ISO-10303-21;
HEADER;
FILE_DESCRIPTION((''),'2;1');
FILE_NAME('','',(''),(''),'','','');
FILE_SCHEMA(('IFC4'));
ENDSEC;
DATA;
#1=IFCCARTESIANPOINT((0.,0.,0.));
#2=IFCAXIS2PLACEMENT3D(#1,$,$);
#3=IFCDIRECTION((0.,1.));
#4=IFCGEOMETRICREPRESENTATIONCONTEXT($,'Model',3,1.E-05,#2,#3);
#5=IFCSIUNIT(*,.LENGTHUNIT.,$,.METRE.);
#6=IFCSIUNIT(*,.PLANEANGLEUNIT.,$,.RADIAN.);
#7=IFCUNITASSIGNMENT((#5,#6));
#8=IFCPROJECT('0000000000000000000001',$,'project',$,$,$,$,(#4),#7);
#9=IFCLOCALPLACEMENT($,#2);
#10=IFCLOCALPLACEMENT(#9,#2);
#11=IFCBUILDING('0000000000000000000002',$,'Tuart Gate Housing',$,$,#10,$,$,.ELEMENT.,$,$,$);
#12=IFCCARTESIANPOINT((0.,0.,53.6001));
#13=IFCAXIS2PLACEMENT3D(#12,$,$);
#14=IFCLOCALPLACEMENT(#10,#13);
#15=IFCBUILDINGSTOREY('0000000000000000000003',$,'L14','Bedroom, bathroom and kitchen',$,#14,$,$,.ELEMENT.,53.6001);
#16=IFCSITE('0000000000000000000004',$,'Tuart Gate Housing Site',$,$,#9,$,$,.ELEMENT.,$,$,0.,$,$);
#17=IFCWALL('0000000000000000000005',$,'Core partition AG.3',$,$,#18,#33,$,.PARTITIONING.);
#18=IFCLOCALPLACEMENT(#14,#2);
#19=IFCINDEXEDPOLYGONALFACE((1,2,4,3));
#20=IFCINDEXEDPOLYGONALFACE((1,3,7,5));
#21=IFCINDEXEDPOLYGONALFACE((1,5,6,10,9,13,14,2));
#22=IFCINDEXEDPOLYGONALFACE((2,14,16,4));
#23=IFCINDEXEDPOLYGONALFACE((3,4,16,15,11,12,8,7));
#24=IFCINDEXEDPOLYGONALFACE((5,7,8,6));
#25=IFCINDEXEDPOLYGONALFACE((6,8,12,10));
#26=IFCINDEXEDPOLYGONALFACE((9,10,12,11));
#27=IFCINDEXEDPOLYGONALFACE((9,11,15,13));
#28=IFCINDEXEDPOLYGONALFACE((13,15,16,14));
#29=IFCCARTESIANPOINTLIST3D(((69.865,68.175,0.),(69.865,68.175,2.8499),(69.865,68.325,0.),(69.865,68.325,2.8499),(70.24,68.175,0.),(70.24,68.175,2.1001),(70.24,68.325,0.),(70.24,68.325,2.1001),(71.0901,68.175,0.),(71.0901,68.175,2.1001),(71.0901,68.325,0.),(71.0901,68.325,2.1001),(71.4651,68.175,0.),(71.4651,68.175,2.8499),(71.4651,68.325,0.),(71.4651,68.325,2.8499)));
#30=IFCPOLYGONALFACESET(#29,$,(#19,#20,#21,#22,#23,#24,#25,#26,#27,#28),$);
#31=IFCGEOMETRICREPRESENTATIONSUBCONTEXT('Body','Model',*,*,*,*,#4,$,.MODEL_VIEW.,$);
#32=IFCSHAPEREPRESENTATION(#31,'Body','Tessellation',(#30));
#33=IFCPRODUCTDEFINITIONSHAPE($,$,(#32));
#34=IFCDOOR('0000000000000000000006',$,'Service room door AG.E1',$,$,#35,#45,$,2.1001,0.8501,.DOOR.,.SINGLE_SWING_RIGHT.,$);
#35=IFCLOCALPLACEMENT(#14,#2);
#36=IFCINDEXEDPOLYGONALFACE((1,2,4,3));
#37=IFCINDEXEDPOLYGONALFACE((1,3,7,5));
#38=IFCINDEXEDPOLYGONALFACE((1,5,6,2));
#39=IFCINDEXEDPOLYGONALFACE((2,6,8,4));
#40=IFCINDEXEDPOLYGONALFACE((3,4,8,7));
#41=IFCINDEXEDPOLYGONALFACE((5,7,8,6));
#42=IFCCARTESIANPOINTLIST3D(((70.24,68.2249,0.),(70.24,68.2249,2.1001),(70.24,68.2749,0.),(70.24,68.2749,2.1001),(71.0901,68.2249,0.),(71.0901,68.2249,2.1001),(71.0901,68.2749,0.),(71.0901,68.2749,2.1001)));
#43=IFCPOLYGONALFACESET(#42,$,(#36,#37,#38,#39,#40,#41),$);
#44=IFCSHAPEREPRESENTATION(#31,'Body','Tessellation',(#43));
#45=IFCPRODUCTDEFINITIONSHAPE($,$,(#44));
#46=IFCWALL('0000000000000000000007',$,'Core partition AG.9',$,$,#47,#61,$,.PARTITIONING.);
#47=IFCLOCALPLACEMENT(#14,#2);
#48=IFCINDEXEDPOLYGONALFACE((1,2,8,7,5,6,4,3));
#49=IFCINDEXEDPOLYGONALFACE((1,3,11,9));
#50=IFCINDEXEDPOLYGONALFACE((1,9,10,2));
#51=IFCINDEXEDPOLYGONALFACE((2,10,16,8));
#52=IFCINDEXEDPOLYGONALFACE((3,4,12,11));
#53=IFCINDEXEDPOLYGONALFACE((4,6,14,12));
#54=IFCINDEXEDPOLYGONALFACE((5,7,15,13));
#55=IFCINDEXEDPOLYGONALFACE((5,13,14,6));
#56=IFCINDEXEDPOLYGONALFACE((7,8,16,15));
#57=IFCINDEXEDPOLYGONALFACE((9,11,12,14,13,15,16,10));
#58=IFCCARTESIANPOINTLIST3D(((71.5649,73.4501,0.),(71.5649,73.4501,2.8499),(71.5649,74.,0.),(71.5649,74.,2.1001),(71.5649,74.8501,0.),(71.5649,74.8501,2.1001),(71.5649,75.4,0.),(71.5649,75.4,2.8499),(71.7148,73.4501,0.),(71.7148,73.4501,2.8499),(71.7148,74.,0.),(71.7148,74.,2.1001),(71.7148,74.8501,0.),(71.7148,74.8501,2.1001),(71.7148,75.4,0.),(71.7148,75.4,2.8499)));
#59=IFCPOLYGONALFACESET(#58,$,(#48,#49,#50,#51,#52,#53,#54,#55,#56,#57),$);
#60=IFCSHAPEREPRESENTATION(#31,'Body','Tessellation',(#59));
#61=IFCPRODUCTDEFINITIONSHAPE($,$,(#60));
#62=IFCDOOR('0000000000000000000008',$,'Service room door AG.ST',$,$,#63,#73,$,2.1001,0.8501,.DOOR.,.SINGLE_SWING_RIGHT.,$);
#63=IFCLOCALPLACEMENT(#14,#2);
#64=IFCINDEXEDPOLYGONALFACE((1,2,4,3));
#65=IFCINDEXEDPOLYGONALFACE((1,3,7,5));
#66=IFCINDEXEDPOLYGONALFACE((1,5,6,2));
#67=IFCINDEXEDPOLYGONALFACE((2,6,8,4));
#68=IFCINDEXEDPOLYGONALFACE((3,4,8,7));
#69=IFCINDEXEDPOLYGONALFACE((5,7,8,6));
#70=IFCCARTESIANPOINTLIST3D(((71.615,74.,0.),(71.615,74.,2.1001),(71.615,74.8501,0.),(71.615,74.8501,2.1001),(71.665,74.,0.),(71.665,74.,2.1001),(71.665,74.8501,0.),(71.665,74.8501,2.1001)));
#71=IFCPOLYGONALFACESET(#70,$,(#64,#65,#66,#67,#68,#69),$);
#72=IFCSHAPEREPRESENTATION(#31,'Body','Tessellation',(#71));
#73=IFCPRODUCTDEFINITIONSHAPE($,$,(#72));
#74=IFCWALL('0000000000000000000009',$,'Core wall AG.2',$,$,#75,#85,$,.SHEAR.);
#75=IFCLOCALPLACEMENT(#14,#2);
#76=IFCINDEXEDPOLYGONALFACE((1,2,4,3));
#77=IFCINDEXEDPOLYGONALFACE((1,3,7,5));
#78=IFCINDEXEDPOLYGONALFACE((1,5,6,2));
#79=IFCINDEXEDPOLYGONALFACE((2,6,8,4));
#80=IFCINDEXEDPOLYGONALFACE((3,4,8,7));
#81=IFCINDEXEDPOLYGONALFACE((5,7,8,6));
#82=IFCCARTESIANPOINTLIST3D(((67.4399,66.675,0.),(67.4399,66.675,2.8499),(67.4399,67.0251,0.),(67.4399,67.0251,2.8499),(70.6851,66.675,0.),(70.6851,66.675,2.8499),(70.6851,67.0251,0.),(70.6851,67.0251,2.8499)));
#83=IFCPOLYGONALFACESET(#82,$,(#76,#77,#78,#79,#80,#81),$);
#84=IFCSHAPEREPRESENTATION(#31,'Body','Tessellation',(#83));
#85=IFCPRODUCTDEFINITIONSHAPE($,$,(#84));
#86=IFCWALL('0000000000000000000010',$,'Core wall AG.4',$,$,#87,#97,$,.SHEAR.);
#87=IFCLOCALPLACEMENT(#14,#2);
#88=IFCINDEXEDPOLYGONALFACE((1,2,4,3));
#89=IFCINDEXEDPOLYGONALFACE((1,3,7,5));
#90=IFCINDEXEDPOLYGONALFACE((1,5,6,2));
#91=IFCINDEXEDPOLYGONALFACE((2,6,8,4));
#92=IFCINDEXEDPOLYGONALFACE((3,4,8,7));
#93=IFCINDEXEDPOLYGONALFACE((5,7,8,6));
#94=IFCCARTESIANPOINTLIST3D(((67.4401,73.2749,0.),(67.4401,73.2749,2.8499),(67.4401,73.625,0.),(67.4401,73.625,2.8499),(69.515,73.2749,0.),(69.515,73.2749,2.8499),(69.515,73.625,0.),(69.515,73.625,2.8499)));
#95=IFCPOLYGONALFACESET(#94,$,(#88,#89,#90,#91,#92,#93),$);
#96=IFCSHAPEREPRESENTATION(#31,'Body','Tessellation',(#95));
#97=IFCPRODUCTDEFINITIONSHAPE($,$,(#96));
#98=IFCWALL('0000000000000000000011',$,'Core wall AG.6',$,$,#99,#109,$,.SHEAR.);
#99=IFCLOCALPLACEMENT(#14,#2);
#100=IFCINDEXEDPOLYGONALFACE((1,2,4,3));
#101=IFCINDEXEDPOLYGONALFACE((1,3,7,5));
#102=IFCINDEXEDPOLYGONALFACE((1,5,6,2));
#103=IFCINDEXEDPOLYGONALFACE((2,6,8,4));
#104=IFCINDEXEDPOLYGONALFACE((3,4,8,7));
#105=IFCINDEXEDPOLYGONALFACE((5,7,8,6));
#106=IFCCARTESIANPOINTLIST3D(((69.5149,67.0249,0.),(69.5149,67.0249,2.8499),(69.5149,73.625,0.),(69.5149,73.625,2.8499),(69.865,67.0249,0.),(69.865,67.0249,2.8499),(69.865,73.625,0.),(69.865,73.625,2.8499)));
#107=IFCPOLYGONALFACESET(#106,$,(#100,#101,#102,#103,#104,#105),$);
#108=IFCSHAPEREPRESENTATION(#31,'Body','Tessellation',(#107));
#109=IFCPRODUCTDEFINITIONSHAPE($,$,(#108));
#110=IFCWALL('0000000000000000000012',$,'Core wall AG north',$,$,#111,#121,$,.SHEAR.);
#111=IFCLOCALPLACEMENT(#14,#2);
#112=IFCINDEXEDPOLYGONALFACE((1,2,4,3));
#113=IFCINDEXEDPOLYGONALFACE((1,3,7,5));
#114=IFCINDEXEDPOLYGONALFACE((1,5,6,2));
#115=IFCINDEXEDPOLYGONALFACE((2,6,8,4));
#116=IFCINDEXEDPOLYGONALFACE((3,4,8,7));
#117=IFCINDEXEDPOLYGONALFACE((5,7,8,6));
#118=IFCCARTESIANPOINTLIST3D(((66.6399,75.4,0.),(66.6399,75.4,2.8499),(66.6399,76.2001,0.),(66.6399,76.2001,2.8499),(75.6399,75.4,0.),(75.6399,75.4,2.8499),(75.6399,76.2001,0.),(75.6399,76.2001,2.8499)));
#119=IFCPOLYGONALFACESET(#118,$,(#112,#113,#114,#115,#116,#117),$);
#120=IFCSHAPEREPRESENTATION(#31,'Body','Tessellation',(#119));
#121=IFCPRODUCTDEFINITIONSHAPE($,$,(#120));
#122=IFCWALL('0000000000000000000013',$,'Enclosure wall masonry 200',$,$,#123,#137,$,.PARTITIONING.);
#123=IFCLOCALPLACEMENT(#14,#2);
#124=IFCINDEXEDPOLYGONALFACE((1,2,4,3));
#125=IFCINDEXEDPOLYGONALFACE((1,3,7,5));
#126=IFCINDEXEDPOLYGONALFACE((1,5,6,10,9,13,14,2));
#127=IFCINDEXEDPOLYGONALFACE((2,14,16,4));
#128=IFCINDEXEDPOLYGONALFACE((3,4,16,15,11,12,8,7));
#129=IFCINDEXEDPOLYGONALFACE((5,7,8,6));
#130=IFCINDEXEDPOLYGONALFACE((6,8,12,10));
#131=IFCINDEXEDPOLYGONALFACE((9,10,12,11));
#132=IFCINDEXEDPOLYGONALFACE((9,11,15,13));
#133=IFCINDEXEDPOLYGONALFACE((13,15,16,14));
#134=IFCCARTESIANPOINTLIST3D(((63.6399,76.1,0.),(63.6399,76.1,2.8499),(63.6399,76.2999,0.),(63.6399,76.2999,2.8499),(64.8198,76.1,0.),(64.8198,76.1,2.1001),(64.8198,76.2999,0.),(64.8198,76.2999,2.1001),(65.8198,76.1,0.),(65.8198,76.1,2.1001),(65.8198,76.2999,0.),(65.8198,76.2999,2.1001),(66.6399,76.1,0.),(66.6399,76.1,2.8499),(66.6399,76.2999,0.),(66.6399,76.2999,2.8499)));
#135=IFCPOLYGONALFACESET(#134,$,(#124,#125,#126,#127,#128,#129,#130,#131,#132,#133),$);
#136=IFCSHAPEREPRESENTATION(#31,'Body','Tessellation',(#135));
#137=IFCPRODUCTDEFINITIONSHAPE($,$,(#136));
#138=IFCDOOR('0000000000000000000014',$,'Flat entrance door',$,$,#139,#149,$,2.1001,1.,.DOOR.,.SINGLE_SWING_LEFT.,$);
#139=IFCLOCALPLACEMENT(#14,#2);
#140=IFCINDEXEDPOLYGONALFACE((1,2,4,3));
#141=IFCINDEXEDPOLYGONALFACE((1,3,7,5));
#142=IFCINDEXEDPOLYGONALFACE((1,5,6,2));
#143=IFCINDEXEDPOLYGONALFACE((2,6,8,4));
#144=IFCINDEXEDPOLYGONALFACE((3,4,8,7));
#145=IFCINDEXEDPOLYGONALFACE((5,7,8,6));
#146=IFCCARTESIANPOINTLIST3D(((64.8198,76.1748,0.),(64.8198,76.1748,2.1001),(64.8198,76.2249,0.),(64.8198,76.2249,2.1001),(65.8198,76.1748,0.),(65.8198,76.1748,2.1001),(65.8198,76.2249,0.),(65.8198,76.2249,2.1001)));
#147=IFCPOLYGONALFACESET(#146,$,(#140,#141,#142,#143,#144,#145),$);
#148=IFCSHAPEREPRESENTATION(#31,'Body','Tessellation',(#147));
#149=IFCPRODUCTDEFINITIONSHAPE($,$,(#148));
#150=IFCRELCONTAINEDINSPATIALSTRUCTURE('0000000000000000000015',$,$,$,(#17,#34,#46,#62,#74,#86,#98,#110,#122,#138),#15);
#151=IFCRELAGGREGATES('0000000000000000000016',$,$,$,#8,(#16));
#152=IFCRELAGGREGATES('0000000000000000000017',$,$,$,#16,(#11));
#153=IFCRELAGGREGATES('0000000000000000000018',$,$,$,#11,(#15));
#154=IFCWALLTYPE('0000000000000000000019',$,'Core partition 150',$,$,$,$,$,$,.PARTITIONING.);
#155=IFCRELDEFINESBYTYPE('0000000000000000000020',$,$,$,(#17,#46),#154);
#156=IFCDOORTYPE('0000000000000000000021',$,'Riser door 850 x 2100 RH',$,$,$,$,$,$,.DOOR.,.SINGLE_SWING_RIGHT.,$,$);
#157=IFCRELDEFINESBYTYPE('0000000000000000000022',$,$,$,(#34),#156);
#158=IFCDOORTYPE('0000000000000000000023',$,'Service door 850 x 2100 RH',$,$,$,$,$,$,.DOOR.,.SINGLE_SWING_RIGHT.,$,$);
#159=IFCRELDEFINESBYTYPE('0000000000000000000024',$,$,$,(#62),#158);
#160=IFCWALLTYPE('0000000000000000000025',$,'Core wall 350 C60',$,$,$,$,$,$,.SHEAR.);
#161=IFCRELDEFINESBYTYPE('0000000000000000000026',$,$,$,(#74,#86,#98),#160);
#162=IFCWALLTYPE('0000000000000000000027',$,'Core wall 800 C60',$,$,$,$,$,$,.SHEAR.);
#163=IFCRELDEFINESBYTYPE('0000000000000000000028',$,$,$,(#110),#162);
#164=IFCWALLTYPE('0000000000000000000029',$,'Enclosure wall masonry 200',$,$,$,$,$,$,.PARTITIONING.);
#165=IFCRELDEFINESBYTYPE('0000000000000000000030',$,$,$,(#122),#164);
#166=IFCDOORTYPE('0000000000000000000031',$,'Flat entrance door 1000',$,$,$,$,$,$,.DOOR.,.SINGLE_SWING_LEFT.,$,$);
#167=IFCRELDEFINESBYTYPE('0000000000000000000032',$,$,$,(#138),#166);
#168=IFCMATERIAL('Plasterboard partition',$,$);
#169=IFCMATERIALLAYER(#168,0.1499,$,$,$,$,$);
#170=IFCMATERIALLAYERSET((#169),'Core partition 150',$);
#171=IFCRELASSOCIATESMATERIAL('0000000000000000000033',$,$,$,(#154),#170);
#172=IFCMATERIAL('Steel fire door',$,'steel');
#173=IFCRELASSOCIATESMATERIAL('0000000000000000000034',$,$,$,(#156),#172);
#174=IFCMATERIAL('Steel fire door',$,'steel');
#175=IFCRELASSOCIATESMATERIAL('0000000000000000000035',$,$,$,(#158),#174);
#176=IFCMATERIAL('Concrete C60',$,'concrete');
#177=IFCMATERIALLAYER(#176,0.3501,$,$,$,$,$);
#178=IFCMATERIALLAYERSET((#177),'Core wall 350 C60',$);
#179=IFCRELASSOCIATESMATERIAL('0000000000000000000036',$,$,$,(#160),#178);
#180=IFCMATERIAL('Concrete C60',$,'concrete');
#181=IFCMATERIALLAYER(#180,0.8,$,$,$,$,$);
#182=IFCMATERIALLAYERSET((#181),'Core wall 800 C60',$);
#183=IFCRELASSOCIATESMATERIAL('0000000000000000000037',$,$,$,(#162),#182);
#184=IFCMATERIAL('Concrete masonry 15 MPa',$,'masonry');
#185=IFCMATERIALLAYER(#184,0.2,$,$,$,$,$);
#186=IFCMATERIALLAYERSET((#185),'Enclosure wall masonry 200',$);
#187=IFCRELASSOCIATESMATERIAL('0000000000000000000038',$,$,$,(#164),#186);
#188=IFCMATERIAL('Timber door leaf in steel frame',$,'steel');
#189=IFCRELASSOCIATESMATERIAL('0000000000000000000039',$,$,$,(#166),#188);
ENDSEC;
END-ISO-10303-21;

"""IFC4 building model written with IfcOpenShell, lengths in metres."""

from ifc_helpers import new_model, si_unit, direction, frame, frame_2d, origin, place, context, subcontext, project, spatial, rectangle, extrude, material, layer, layer_set, type_object, element, fill, save


model = new_model("IFC4")

# Units and contexts
model_context = context("Model", 3, precision=1e-05, world=origin(), true_north=direction((0.0, 1.0)))
body_context = subcontext(model_context, "Body", "Model", "MODEL_VIEW")
ifc_project = project(units=[si_unit("LENGTHUNIT", "METRE"), si_unit("PLANEANGLEUNIT", "RADIAN")], contexts=[model_context])

# Site, building, storey
site_placement = place(None, origin())
site = spatial("IfcSite", under=ifc_project, at=site_placement, Name="Tuart Gate Housing Site", CompositionType="ELEMENT", RefElevation=0.0)
building_placement = place(site_placement, origin())
building = spatial("IfcBuilding", under=site, at=building_placement, Name="Tuart Gate Housing", CompositionType="ELEMENT")
storey_placement = place(building_placement, frame((0.0, 0.0, 53.6001)))
storey = spatial("IfcBuildingStorey", under=building, at=storey_placement, Name="L14", Description="Bedroom, bathroom and kitchen", CompositionType="ELEMENT", Elevation=53.6001)

# Walls, openings, doors
ifc_material_1 = material(Name="Plasterboard partition")
ifc_layer_1 = layer(ifc_material_1, 0.1499)
ifc_layer_set_1 = layer_set([ifc_layer_1], Name="Core partition 150")
wall_type_1 = type_object("IfcWallType", Name="Core partition 150", PredefinedType="PARTITIONING", material=ifc_layer_set_1)
wall_1_placement = place(storey_placement, frame((69.865, 68.25, 0.0), z_axis=(0.0, 0.0, 1.0), x_axis=(1.0, 0.0, 0.0)))
wall_1 = element("IfcWall", 1, at=wall_1_placement, inside=storey, type_object=wall_type_1, Name="Core partition AG.3", PredefinedType="PARTITIONING", context=body_context, shape_type="SweptSolid", body=[
    extrude(rectangle(XDim=1.6001, YDim=0.1499, at=frame_2d((0.8, 0.0))), origin(), (0.0, 0.0, 1.0), 2.8499),
])
opening_1_placement = place(wall_1_placement, frame((0.375, 0.0, 0.0)))
opening_1 = element("IfcOpeningElement", 2, at=opening_1_placement, cuts=wall_1, PredefinedType="OPENING", context=body_context, shape_type="SweptSolid", body=[
    extrude(rectangle(XDim=0.8501, YDim=2.1001, at=frame_2d((0.425, 1.05))), frame((0.0, 0.085, 0.0), z_axis=(0.0, -1.0, 0.0), x_axis=(1.0, 0.0, 0.0)), (0.0, 0.0, 1.0), 0.1699),
])
ifc_material_2 = material(Name="Steel fire door", Category="steel")
door_type_1 = type_object("IfcDoorType", Name="Riser door 850 x 2100 RH", OperationType="SINGLE_SWING_RIGHT", PredefinedType="DOOR", material=ifc_material_2)
door_1_placement = place(opening_1_placement, frame((0.8501, 0.0, 0.0), z_axis=(0.0, 0.0, 1.0), x_axis=(-1.0, 0.0, 0.0)))
door_1 = element("IfcDoor", 3, at=door_1_placement, inside=storey, type_object=door_type_1, Name="Service room door AG.E1", OperationType="SINGLE_SWING_RIGHT", OverallHeight=2.1001, OverallWidth=0.8501, PredefinedType="DOOR", context=body_context, shape_type="SweptSolid", body=[
    extrude(rectangle(XDim=0.8501, YDim=2.1001, at=frame_2d((0.425, 1.05))), frame((0.0, 0.0251, 0.0), z_axis=(0.0, -1.0, 0.0), x_axis=(1.0, 0.0, 0.0)), (0.0, 0.0, 1.0), 0.05),
])
fill(opening_1, door_1)
wall_2_placement = place(storey_placement, frame((71.6399, 73.45, 0.0), z_axis=(0.0, 0.0, 1.0), x_axis=(0.0, 1.0, 0.0)))
wall_2 = element("IfcWall", 4, at=wall_2_placement, inside=storey, type_object=wall_type_1, Name="Core partition AG.9", PredefinedType="PARTITIONING", context=body_context, shape_type="SweptSolid", body=[
    extrude(rectangle(XDim=1.95, YDim=0.1499, at=frame_2d((0.9751, 0.0))), origin(), (0.0, 0.0, 1.0), 2.8499),
])
opening_2_placement = place(wall_2_placement, frame((0.55, 0.0, 0.0)))
opening_2 = element("IfcOpeningElement", 5, at=opening_2_placement, cuts=wall_2, PredefinedType="OPENING", context=body_context, shape_type="SweptSolid", body=[
    extrude(rectangle(XDim=0.8501, YDim=2.1001, at=frame_2d((0.425, 1.05))), frame((0.0, 0.085, 0.0), z_axis=(0.0, -1.0, 0.0), x_axis=(1.0, 0.0, 0.0)), (0.0, 0.0, 1.0), 0.1699),
])
ifc_material_3 = material(Name="Steel fire door", Category="steel")
door_type_2 = type_object("IfcDoorType", Name="Service door 850 x 2100 RH", OperationType="SINGLE_SWING_RIGHT", PredefinedType="DOOR", material=ifc_material_3)
door_2_placement = place(opening_2_placement, frame((0.8501, 0.0, 0.0), z_axis=(0.0, 0.0, 1.0), x_axis=(-1.0, 0.0, 0.0)))
door_2 = element("IfcDoor", 6, at=door_2_placement, inside=storey, type_object=door_type_2, Name="Service room door AG.ST", OperationType="SINGLE_SWING_RIGHT", OverallHeight=2.1001, OverallWidth=0.8501, PredefinedType="DOOR", context=body_context, shape_type="SweptSolid", body=[
    extrude(rectangle(XDim=0.8501, YDim=2.1001, at=frame_2d((0.425, 1.05))), frame((0.0, 0.0251, 0.0), z_axis=(0.0, -1.0, 0.0), x_axis=(1.0, 0.0, 0.0)), (0.0, 0.0, 1.0), 0.05),
])
fill(opening_2, door_2)

# Walls
ifc_material_4 = material(Name="Concrete C60", Category="concrete")
ifc_layer_2 = layer(ifc_material_4, 0.3501)
ifc_layer_set_2 = layer_set([ifc_layer_2], Name="Core wall 350 C60")
wall_type_2 = type_object("IfcWallType", Name="Core wall 350 C60", PredefinedType="SHEAR", material=ifc_layer_set_2)
wall_3_placement = place(storey_placement, frame((67.4399, 66.8501, 0.0), z_axis=(0.0, 0.0, 1.0), x_axis=(1.0, 0.0, 0.0)))
element("IfcWall", 7, at=wall_3_placement, inside=storey, type_object=wall_type_2, Name="Core wall AG.2", PredefinedType="SHEAR", context=body_context, shape_type="SweptSolid", body=[
    extrude(rectangle(XDim=3.2451, YDim=0.3501, at=frame_2d((1.6226, 0.0))), origin(), (0.0, 0.0, 1.0), 2.8499),
])
wall_4_placement = place(storey_placement, frame((67.4399, 73.45, 0.0), z_axis=(0.0, 0.0, 1.0), x_axis=(1.0, 0.0, 0.0)))
element("IfcWall", 8, at=wall_4_placement, inside=storey, type_object=wall_type_2, Name="Core wall AG.4", PredefinedType="SHEAR", context=body_context, shape_type="SweptSolid", body=[
    extrude(rectangle(XDim=2.075, YDim=0.3501, at=frame_2d((1.0376, 0.0))), origin(), (0.0, 0.0, 1.0), 2.8499),
])
wall_5_placement = place(storey_placement, frame((69.6899, 67.0249, 0.0), z_axis=(0.0, 0.0, 1.0), x_axis=(0.0, 1.0, 0.0)))
element("IfcWall", 9, at=wall_5_placement, inside=storey, type_object=wall_type_2, Name="Core wall AG.6", PredefinedType="SHEAR", context=body_context, shape_type="SweptSolid", body=[
    extrude(rectangle(XDim=6.6001, YDim=0.3501, at=frame_2d((3.3, 0.0))), origin(), (0.0, 0.0, 1.0), 2.8499),
])
ifc_material_5 = material(Name="Concrete C60", Category="concrete")
ifc_layer_3 = layer(ifc_material_5, 0.8)
ifc_layer_set_3 = layer_set([ifc_layer_3], Name="Core wall 800 C60")
wall_type_3 = type_object("IfcWallType", Name="Core wall 800 C60", PredefinedType="SHEAR", material=ifc_layer_set_3)
wall_6_placement = place(storey_placement, frame((66.6399, 75.8, 0.0), z_axis=(0.0, 0.0, 1.0), x_axis=(1.0, 0.0, 0.0)))
element("IfcWall", 10, at=wall_6_placement, inside=storey, type_object=wall_type_3, Name="Core wall AG north", PredefinedType="SHEAR", context=body_context, shape_type="SweptSolid", body=[
    extrude(rectangle(XDim=9.0, YDim=0.8, at=frame_2d((4.5, 0.0))), origin(), (0.0, 0.0, 1.0), 2.8499),
])

# Wall, opening, door
ifc_material_6 = material(Name="Concrete masonry 15 MPa", Category="masonry")
ifc_layer_4 = layer(ifc_material_6, 0.2)
ifc_layer_set_4 = layer_set([ifc_layer_4], Name="Enclosure wall masonry 200")
wall_type_4 = type_object("IfcWallType", Name="Enclosure wall masonry 200", PredefinedType="PARTITIONING", material=ifc_layer_set_4)
wall_7_placement = place(storey_placement, frame((63.6399, 76.2, 0.0), z_axis=(0.0, 0.0, 1.0), x_axis=(1.0, 0.0, 0.0)))
wall_7 = element("IfcWall", 11, at=wall_7_placement, inside=storey, type_object=wall_type_4, Name="Enclosure wall masonry 200", PredefinedType="PARTITIONING", context=body_context, shape_type="SweptSolid", body=[
    extrude(rectangle(XDim=3.0, YDim=0.2, at=frame_2d((1.5, 0.0))), origin(), (0.0, 0.0, 1.0), 2.8499),
])
opening_3_placement = place(wall_7_placement, frame((1.1799, 0.0, 0.0)))
opening_3 = element("IfcOpeningElement", 12, at=opening_3_placement, cuts=wall_7, PredefinedType="OPENING", context=body_context, shape_type="SweptSolid", body=[
    extrude(rectangle(XDim=1.0, YDim=2.1001, at=frame_2d((0.5, 1.05))), frame((0.0, 0.1099, 0.0), z_axis=(0.0, -1.0, 0.0), x_axis=(1.0, 0.0, 0.0)), (0.0, 0.0, 1.0), 0.22),
])
ifc_material_7 = material(Name="Timber door leaf in steel frame", Category="steel")
door_type_3 = type_object("IfcDoorType", Name="Flat entrance door 1000", OperationType="SINGLE_SWING_LEFT", PredefinedType="DOOR", material=ifc_material_7)
door_3_placement = place(opening_3_placement, origin())
door_3 = element("IfcDoor", 13, at=door_3_placement, inside=storey, type_object=door_type_3, Name="Flat entrance door", OperationType="SINGLE_SWING_LEFT", OverallHeight=2.1001, OverallWidth=1.0, PredefinedType="DOOR", context=body_context, shape_type="SweptSolid", body=[
    extrude(rectangle(XDim=1.0, YDim=2.1001, at=frame_2d((0.5, 1.05))), frame((0.0, 0.0249, 0.0), z_axis=(0.0, -1.0, 0.0), x_axis=(1.0, 0.0, 0.0)), (0.0, 0.0, 1.0), 0.05),
])
fill(opening_3, door_3)

save(model, "model.ifc")
